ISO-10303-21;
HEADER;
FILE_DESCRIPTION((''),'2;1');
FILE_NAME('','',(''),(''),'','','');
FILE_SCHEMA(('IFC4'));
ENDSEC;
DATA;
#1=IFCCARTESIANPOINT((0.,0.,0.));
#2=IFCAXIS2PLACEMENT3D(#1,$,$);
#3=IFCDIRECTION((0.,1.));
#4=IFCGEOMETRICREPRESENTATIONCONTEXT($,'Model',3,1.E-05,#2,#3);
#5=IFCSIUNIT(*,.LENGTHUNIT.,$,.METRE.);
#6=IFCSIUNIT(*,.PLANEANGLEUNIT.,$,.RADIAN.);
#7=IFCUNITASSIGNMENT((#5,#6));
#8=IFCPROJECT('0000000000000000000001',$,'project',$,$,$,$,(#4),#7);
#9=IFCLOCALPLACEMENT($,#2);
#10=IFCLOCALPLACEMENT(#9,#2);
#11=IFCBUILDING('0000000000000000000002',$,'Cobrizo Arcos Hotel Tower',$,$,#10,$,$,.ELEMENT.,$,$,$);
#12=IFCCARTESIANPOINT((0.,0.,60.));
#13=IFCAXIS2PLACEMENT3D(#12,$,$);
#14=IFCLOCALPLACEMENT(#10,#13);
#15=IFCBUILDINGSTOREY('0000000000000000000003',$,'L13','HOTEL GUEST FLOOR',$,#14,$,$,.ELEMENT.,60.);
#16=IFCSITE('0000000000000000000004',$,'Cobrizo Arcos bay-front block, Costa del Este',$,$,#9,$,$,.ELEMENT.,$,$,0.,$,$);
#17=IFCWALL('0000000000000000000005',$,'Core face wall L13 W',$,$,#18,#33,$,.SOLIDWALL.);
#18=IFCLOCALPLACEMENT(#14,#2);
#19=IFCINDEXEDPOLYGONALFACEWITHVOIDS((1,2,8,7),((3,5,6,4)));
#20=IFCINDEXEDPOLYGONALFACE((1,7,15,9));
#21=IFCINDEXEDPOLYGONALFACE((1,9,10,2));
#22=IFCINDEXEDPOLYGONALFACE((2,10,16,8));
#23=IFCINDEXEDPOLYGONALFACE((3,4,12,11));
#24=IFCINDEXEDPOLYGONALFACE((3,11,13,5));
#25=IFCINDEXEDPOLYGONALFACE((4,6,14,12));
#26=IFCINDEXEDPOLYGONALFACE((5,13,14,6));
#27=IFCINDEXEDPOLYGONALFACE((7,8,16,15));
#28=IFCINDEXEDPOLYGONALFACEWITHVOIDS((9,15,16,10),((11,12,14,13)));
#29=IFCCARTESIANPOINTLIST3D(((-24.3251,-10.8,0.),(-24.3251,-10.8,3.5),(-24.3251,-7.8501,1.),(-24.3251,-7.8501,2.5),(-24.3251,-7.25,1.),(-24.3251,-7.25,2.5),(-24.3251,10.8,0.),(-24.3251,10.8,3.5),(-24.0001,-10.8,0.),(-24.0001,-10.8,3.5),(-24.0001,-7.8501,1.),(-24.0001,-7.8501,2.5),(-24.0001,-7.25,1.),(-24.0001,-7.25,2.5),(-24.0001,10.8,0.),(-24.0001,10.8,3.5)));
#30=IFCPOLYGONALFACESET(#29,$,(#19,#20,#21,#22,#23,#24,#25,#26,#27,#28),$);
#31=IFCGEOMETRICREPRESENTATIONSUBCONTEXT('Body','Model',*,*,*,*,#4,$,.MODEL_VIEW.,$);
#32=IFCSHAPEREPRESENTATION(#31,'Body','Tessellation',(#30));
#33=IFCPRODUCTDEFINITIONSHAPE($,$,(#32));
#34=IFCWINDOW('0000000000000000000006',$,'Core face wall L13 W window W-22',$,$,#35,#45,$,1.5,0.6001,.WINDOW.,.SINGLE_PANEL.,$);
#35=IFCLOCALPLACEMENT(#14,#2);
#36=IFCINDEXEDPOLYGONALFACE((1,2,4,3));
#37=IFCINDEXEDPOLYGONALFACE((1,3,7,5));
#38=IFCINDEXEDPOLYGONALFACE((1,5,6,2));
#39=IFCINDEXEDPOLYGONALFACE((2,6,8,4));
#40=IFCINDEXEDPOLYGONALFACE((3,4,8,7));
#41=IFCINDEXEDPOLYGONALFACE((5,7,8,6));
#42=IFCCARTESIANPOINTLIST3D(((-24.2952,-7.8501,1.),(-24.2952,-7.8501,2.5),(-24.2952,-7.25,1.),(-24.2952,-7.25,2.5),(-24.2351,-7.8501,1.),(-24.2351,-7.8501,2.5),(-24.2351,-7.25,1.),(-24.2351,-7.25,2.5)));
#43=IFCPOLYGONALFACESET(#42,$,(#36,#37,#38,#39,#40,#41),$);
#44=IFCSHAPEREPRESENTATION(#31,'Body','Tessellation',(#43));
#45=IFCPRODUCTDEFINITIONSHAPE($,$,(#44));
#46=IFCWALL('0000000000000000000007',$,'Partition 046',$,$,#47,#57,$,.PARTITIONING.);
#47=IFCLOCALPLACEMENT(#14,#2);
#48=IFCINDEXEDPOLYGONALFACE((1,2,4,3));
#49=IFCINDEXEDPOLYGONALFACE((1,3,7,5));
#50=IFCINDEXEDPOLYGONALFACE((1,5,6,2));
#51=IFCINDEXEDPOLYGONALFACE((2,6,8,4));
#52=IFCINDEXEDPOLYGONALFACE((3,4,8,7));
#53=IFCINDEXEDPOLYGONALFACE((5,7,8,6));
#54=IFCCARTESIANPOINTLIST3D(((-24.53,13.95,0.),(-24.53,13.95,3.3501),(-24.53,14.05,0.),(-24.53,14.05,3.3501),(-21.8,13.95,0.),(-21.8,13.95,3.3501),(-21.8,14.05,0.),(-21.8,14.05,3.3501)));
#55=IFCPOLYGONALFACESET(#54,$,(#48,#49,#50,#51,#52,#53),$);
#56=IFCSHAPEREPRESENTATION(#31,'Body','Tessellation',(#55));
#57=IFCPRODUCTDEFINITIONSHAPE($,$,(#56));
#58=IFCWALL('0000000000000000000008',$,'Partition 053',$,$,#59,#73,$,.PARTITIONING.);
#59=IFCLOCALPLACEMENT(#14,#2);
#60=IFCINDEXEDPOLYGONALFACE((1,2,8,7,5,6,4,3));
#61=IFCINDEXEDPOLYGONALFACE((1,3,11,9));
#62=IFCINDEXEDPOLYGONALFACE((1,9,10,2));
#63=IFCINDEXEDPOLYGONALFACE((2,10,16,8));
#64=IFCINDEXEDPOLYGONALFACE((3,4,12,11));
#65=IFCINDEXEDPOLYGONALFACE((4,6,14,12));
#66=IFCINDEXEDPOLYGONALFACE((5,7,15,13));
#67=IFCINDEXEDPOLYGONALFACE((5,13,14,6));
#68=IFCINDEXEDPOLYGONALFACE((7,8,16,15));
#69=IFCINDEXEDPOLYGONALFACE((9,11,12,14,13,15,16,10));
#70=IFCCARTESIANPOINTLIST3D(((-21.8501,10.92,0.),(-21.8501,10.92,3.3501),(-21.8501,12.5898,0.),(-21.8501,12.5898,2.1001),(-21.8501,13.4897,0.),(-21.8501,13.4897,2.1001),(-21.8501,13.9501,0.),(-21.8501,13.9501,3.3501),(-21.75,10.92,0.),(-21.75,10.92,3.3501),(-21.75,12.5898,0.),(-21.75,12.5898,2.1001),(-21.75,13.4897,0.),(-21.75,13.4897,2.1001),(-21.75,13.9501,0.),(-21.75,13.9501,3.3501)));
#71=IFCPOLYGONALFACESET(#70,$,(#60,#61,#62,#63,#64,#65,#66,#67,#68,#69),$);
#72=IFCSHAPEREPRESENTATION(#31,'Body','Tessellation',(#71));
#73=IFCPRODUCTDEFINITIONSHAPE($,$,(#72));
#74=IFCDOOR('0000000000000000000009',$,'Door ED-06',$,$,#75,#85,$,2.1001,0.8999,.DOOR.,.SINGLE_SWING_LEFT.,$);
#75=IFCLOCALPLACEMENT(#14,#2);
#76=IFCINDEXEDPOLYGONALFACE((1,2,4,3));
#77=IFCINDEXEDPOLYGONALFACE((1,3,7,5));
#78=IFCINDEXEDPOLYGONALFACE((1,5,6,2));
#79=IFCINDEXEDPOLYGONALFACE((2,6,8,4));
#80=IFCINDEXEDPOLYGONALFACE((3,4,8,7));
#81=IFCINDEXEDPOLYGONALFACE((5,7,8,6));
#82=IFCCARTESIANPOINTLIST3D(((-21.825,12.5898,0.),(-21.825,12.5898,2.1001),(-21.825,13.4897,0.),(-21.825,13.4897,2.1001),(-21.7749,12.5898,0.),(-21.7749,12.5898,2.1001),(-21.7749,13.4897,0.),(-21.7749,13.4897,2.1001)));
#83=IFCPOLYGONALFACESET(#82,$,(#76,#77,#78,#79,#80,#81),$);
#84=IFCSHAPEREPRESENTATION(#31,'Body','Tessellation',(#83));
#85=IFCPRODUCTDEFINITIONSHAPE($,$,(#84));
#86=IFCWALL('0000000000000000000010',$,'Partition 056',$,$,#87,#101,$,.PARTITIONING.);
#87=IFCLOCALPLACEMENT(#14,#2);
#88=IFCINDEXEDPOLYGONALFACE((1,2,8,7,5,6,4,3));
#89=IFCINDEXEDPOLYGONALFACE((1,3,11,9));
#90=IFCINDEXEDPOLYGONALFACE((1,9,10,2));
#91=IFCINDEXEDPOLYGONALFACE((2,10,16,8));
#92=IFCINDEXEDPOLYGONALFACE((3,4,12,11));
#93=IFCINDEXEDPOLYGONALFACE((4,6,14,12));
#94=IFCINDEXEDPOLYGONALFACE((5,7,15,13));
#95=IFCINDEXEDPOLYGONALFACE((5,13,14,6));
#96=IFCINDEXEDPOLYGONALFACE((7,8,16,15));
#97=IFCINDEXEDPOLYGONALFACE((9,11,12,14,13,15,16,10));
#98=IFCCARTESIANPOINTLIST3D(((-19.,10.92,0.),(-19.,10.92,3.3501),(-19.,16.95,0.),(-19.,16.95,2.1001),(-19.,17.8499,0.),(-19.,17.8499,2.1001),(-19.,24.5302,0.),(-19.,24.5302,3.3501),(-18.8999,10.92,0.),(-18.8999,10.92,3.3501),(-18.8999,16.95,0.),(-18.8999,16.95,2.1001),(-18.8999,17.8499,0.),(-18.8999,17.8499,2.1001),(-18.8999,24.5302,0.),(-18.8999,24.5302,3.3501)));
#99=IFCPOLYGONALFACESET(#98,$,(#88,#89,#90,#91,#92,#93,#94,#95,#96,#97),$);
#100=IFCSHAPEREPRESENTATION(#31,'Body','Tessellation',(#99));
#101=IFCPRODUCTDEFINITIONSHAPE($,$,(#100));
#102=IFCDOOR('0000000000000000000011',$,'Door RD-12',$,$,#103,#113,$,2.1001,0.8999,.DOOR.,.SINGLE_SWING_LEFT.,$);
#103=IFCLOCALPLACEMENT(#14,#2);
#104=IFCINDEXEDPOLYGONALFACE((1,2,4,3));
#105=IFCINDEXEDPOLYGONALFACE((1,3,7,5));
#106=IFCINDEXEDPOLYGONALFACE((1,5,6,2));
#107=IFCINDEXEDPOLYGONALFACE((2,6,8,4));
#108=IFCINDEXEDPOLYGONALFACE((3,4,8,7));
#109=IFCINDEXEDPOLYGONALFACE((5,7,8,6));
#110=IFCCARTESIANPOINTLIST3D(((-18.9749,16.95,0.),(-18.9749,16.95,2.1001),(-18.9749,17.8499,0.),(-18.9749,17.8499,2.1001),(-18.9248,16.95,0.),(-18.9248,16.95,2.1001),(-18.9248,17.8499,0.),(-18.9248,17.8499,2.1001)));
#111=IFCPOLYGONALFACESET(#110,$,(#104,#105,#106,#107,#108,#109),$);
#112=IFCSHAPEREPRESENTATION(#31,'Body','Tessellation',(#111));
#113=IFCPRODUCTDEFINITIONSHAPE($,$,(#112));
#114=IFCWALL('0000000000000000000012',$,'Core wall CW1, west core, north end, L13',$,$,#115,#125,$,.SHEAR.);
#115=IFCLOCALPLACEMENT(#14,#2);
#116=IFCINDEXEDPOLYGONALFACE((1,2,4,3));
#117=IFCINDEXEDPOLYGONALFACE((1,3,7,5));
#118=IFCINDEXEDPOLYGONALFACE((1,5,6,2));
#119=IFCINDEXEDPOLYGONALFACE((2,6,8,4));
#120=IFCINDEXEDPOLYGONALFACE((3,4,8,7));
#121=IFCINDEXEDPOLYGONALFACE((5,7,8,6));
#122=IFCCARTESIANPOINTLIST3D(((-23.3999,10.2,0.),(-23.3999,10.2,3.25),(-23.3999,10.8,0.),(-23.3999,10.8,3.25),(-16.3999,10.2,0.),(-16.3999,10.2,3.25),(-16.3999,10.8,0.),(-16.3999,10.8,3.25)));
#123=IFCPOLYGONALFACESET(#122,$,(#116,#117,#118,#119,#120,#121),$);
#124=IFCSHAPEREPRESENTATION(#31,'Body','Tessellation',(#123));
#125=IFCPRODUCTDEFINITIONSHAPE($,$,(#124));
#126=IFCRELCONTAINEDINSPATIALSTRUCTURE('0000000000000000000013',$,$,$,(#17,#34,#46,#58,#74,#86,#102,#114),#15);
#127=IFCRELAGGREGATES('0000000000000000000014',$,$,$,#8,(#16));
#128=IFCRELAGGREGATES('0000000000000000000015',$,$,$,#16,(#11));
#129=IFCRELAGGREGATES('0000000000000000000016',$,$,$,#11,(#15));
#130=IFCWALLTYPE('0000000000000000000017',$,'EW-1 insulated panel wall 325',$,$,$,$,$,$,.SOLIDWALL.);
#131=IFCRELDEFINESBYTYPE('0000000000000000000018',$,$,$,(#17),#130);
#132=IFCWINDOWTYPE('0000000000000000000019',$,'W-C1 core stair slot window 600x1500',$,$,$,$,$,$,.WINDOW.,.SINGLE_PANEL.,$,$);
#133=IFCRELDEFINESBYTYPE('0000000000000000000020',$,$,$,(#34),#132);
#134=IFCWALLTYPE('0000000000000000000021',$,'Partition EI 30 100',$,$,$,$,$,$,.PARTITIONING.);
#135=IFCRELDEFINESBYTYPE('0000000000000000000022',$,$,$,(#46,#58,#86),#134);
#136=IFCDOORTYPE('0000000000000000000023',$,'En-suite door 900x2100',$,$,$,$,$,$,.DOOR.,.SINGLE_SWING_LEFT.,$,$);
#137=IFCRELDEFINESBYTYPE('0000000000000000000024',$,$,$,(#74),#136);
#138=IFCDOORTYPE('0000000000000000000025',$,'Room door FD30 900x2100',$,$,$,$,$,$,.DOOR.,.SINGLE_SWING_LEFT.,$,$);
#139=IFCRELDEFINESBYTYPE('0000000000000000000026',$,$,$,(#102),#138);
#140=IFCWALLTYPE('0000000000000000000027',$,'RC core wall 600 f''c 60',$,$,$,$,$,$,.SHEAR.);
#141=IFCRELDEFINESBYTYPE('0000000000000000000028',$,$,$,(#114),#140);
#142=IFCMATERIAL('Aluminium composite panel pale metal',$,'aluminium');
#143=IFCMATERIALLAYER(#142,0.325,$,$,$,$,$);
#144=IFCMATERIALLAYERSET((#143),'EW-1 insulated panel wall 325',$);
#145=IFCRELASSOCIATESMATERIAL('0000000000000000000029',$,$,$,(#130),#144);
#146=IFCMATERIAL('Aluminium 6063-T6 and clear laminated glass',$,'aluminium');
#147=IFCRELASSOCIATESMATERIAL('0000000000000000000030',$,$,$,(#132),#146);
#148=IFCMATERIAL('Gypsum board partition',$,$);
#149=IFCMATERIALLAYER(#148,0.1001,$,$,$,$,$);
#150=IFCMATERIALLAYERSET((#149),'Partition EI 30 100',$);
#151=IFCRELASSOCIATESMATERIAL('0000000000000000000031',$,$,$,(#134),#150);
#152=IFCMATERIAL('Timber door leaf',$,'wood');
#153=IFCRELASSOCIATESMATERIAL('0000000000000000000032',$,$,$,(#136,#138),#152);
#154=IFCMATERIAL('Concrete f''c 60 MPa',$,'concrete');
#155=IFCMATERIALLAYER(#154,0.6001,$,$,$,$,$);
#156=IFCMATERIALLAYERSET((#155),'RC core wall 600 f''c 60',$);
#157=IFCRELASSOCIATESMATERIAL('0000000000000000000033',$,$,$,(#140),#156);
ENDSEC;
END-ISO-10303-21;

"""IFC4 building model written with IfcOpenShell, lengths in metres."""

from ifc_helpers import new_model, si_unit, direction, frame, frame_2d, origin, place, context, subcontext, project, spatial, rectangle, extrude, material, layer, layer_set, type_object, element, fill, save


model = new_model("IFC4")

# Units and contexts
model_context = context("Model", 3, precision=1e-05, world=origin(), true_north=direction((0.0, 1.0)))
body_context = subcontext(model_context, "Body", "Model", "MODEL_VIEW")
ifc_project = project(units=[si_unit("LENGTHUNIT", "METRE"), si_unit("PLANEANGLEUNIT", "RADIAN")], contexts=[model_context])

# Site, building, storey
site_placement = place(None, origin())
site = spatial("IfcSite", under=ifc_project, at=site_placement, Name="Cobrizo Arcos bay-front block, Costa del Este", CompositionType="ELEMENT", RefElevation=0.0)
building_placement = place(site_placement, origin())
building = spatial("IfcBuilding", under=site, at=building_placement, Name="Cobrizo Arcos Hotel Tower", CompositionType="ELEMENT")
storey_placement = place(building_placement, frame((0.0, 0.0, 60.0)))
storey = spatial("IfcBuildingStorey", under=building, at=storey_placement, Name="L13", Description="HOTEL GUEST FLOOR", CompositionType="ELEMENT", Elevation=60.0)

# Shared definitions
ifc_material_1 = material(Name="Aluminium composite panel pale metal", Category="aluminium")

# Shared definitions
ifc_material_2 = material(Name="Gypsum board partition")
ifc_material_3 = material(Name="Timber door leaf", Category="wood")

# Wall, opening, window
ifc_layer_1 = layer(ifc_material_1, 0.325)
ifc_layer_set_1 = layer_set([ifc_layer_1], Name="EW-1 insulated panel wall 325")
wall_type_1 = type_object("IfcWallType", Name="EW-1 insulated panel wall 325", PredefinedType="SOLIDWALL", material=ifc_layer_set_1)
wall_1_placement = place(storey_placement, frame((-24.1626, 10.8, 0.0), z_axis=(0.0, 0.0, 1.0), x_axis=(0.0, -1.0, 0.0)))
wall_1 = element("IfcWall", 1, at=wall_1_placement, inside=storey, type_object=wall_type_1, Name="Core face wall L13 W", PredefinedType="SOLIDWALL", context=body_context, shape_type="SweptSolid", body=[
    extrude(rectangle(XDim=21.6001, YDim=0.325, at=frame_2d((10.8, 0.0))), origin(), (0.0, 0.0, 1.0), 3.5),
])
opening_1_placement = place(wall_1_placement, frame((18.05, 0.0, 1.0)))
opening_1 = element("IfcOpeningElement", 2, at=opening_1_placement, cuts=wall_1, PredefinedType="OPENING", context=body_context, shape_type="SweptSolid", body=[
    extrude(rectangle(XDim=0.6001, YDim=1.5, at=frame_2d((0.3, 0.75))), frame((0.0, 0.1746, 0.0), z_axis=(0.0, -1.0, 0.0), x_axis=(1.0, 0.0, 0.0)), (0.0, 0.0, 1.0), 0.3489),
])
ifc_material_4 = material(Name="Aluminium 6063-T6 and clear laminated glass", Category="aluminium")
window_type = type_object("IfcWindowType", Name="W-C1 core stair slot window 600x1500", PartitioningType="SINGLE_PANEL", PredefinedType="WINDOW", material=ifc_material_4)
window_placement = place(opening_1_placement, origin())
window = element("IfcWindow", 3, at=window_placement, inside=storey, type_object=window_type, Name="Core face wall L13 W window W-22", OverallHeight=1.5, OverallWidth=0.6001, PartitioningType="SINGLE_PANEL", PredefinedType="WINDOW", context=body_context, shape_type="SweptSolid", body=[
    extrude(rectangle(XDim=0.6001, YDim=1.5, at=frame_2d((0.3, 0.75))), frame((0.0, -0.0725, 0.0), z_axis=(0.0, -1.0, 0.0), x_axis=(1.0, 0.0, 0.0)), (0.0, 0.0, 1.0), 0.0601),
])
fill(opening_1, window)

# Wall
ifc_layer_2 = layer(ifc_material_2, 0.1001)
ifc_layer_set_2 = layer_set([ifc_layer_2], Name="Partition EI 30 100")
wall_type_2 = type_object("IfcWallType", Name="Partition EI 30 100", PredefinedType="PARTITIONING", material=ifc_layer_set_2)
wall_2_placement = place(storey_placement, frame((-24.53, 14.0, 0.0), z_axis=(0.0, 0.0, 1.0), x_axis=(1.0, 0.0, 0.0)))
element("IfcWall", 4, at=wall_2_placement, inside=storey, type_object=wall_type_2, Name="Partition 046", PredefinedType="PARTITIONING", context=body_context, shape_type="SweptSolid", body=[
    extrude(rectangle(XDim=2.73, YDim=0.1001, at=frame_2d((1.365, 0.0))), origin(), (0.0, 0.0, 1.0), 3.3501),
])

# Walls, openings, doors
wall_3_placement = place(storey_placement, frame((-21.8, 10.9199, 0.0), z_axis=(0.0, 0.0, 1.0), x_axis=(0.0, 1.0, 0.0)))
wall_3 = element("IfcWall", 5, at=wall_3_placement, inside=storey, type_object=wall_type_2, Name="Partition 053", PredefinedType="PARTITIONING", context=body_context, shape_type="SweptSolid", body=[
    extrude(rectangle(XDim=3.03, YDim=0.1001, at=frame_2d((1.5151, 0.0))), origin(), (0.0, 0.0, 1.0), 3.3501),
])
opening_2_placement = place(wall_3_placement, frame((1.6699, 0.0, 0.0)))
opening_2 = element("IfcOpeningElement", 6, at=opening_2_placement, cuts=wall_3, PredefinedType="OPENING", context=body_context, shape_type="SweptSolid", body=[
    extrude(rectangle(XDim=0.8999, YDim=2.1001, at=frame_2d((0.45, 1.05))), frame((0.0, 0.062, 0.0), z_axis=(0.0, -1.0, 0.0), x_axis=(1.0, 0.0, 0.0)), (0.0, 0.0, 1.0), 0.124),
])
door_type_1 = type_object("IfcDoorType", Name="En-suite door 900x2100", OperationType="SINGLE_SWING_LEFT", PredefinedType="DOOR", material=ifc_material_3)
door_1_placement = place(opening_2_placement, origin())
door_1 = element("IfcDoor", 7, at=door_1_placement, inside=storey, type_object=door_type_1, Name="Door ED-06", OperationType="SINGLE_SWING_LEFT", OverallHeight=2.1001, OverallWidth=0.8999, PredefinedType="DOOR", context=body_context, shape_type="SweptSolid", body=[
    extrude(rectangle(XDim=0.8999, YDim=2.1001, at=frame_2d((0.45, 1.05))), frame((0.0, 0.0249, 0.0), z_axis=(0.0, -1.0, 0.0), x_axis=(1.0, 0.0, 0.0)), (0.0, 0.0, 1.0), 0.05),
])
fill(opening_2, door_1)
wall_4_placement = place(storey_placement, frame((-18.95, 10.9199, 0.0), z_axis=(0.0, 0.0, 1.0), x_axis=(0.0, 1.0, 0.0)))
wall_4 = element("IfcWall", 8, at=wall_4_placement, inside=storey, type_object=wall_type_2, Name="Partition 056", PredefinedType="PARTITIONING", context=body_context, shape_type="SweptSolid", body=[
    extrude(rectangle(XDim=13.6101, YDim=0.1001, at=frame_2d((6.8052, 0.0))), origin(), (0.0, 0.0, 1.0), 3.3501),
])
opening_3_placement = place(wall_4_placement, frame((6.03, 0.0, 0.0)))
opening_3 = element("IfcOpeningElement", 9, at=opening_3_placement, cuts=wall_4, PredefinedType="OPENING", context=body_context, shape_type="SweptSolid", body=[
    extrude(rectangle(XDim=0.8999, YDim=2.1001, at=frame_2d((0.45, 1.05))), frame((0.0, 0.062, 0.0), z_axis=(0.0, -1.0, 0.0), x_axis=(1.0, 0.0, 0.0)), (0.0, 0.0, 1.0), 0.124),
])
door_type_2 = type_object("IfcDoorType", Name="Room door FD30 900x2100", OperationType="SINGLE_SWING_LEFT", PredefinedType="DOOR", material=ifc_material_3)
door_2_placement = place(opening_3_placement, origin())
door_2 = element("IfcDoor", 10, at=door_2_placement, inside=storey, type_object=door_type_2, Name="Door RD-12", OperationType="SINGLE_SWING_LEFT", OverallHeight=2.1001, OverallWidth=0.8999, PredefinedType="DOOR", context=body_context, shape_type="SweptSolid", body=[
    extrude(rectangle(XDim=0.8999, YDim=2.1001, at=frame_2d((0.45, 1.05))), frame((0.0, 0.0249, 0.0), z_axis=(0.0, -1.0, 0.0), x_axis=(1.0, 0.0, 0.0)), (0.0, 0.0, 1.0), 0.05),
])
fill(opening_3, door_2)

# Wall
ifc_material_5 = material(Name="Concrete f'c 60 MPa", Category="concrete")
ifc_layer_3 = layer(ifc_material_5, 0.6001)
ifc_layer_set_3 = layer_set([ifc_layer_3], Name="RC core wall 600 f'c 60")
wall_type_3 = type_object("IfcWallType", Name="RC core wall 600 f'c 60", PredefinedType="SHEAR", material=ifc_layer_set_3)
wall_5_placement = place(storey_placement, frame((-23.3999, 10.5, 0.0), z_axis=(0.0, 0.0, 1.0), x_axis=(1.0, 0.0, 0.0)))
element("IfcWall", 11, at=wall_5_placement, inside=storey, type_object=wall_type_3, Name="Core wall CW1, west core, north end, L13", PredefinedType="SHEAR", context=body_context, shape_type="SweptSolid", body=[
    extrude(rectangle(XDim=7.0, YDim=0.6001, at=frame_2d((3.5, 0.0))), origin(), (0.0, 0.0, 1.0), 3.25),
])

save(model, "model.ifc")
